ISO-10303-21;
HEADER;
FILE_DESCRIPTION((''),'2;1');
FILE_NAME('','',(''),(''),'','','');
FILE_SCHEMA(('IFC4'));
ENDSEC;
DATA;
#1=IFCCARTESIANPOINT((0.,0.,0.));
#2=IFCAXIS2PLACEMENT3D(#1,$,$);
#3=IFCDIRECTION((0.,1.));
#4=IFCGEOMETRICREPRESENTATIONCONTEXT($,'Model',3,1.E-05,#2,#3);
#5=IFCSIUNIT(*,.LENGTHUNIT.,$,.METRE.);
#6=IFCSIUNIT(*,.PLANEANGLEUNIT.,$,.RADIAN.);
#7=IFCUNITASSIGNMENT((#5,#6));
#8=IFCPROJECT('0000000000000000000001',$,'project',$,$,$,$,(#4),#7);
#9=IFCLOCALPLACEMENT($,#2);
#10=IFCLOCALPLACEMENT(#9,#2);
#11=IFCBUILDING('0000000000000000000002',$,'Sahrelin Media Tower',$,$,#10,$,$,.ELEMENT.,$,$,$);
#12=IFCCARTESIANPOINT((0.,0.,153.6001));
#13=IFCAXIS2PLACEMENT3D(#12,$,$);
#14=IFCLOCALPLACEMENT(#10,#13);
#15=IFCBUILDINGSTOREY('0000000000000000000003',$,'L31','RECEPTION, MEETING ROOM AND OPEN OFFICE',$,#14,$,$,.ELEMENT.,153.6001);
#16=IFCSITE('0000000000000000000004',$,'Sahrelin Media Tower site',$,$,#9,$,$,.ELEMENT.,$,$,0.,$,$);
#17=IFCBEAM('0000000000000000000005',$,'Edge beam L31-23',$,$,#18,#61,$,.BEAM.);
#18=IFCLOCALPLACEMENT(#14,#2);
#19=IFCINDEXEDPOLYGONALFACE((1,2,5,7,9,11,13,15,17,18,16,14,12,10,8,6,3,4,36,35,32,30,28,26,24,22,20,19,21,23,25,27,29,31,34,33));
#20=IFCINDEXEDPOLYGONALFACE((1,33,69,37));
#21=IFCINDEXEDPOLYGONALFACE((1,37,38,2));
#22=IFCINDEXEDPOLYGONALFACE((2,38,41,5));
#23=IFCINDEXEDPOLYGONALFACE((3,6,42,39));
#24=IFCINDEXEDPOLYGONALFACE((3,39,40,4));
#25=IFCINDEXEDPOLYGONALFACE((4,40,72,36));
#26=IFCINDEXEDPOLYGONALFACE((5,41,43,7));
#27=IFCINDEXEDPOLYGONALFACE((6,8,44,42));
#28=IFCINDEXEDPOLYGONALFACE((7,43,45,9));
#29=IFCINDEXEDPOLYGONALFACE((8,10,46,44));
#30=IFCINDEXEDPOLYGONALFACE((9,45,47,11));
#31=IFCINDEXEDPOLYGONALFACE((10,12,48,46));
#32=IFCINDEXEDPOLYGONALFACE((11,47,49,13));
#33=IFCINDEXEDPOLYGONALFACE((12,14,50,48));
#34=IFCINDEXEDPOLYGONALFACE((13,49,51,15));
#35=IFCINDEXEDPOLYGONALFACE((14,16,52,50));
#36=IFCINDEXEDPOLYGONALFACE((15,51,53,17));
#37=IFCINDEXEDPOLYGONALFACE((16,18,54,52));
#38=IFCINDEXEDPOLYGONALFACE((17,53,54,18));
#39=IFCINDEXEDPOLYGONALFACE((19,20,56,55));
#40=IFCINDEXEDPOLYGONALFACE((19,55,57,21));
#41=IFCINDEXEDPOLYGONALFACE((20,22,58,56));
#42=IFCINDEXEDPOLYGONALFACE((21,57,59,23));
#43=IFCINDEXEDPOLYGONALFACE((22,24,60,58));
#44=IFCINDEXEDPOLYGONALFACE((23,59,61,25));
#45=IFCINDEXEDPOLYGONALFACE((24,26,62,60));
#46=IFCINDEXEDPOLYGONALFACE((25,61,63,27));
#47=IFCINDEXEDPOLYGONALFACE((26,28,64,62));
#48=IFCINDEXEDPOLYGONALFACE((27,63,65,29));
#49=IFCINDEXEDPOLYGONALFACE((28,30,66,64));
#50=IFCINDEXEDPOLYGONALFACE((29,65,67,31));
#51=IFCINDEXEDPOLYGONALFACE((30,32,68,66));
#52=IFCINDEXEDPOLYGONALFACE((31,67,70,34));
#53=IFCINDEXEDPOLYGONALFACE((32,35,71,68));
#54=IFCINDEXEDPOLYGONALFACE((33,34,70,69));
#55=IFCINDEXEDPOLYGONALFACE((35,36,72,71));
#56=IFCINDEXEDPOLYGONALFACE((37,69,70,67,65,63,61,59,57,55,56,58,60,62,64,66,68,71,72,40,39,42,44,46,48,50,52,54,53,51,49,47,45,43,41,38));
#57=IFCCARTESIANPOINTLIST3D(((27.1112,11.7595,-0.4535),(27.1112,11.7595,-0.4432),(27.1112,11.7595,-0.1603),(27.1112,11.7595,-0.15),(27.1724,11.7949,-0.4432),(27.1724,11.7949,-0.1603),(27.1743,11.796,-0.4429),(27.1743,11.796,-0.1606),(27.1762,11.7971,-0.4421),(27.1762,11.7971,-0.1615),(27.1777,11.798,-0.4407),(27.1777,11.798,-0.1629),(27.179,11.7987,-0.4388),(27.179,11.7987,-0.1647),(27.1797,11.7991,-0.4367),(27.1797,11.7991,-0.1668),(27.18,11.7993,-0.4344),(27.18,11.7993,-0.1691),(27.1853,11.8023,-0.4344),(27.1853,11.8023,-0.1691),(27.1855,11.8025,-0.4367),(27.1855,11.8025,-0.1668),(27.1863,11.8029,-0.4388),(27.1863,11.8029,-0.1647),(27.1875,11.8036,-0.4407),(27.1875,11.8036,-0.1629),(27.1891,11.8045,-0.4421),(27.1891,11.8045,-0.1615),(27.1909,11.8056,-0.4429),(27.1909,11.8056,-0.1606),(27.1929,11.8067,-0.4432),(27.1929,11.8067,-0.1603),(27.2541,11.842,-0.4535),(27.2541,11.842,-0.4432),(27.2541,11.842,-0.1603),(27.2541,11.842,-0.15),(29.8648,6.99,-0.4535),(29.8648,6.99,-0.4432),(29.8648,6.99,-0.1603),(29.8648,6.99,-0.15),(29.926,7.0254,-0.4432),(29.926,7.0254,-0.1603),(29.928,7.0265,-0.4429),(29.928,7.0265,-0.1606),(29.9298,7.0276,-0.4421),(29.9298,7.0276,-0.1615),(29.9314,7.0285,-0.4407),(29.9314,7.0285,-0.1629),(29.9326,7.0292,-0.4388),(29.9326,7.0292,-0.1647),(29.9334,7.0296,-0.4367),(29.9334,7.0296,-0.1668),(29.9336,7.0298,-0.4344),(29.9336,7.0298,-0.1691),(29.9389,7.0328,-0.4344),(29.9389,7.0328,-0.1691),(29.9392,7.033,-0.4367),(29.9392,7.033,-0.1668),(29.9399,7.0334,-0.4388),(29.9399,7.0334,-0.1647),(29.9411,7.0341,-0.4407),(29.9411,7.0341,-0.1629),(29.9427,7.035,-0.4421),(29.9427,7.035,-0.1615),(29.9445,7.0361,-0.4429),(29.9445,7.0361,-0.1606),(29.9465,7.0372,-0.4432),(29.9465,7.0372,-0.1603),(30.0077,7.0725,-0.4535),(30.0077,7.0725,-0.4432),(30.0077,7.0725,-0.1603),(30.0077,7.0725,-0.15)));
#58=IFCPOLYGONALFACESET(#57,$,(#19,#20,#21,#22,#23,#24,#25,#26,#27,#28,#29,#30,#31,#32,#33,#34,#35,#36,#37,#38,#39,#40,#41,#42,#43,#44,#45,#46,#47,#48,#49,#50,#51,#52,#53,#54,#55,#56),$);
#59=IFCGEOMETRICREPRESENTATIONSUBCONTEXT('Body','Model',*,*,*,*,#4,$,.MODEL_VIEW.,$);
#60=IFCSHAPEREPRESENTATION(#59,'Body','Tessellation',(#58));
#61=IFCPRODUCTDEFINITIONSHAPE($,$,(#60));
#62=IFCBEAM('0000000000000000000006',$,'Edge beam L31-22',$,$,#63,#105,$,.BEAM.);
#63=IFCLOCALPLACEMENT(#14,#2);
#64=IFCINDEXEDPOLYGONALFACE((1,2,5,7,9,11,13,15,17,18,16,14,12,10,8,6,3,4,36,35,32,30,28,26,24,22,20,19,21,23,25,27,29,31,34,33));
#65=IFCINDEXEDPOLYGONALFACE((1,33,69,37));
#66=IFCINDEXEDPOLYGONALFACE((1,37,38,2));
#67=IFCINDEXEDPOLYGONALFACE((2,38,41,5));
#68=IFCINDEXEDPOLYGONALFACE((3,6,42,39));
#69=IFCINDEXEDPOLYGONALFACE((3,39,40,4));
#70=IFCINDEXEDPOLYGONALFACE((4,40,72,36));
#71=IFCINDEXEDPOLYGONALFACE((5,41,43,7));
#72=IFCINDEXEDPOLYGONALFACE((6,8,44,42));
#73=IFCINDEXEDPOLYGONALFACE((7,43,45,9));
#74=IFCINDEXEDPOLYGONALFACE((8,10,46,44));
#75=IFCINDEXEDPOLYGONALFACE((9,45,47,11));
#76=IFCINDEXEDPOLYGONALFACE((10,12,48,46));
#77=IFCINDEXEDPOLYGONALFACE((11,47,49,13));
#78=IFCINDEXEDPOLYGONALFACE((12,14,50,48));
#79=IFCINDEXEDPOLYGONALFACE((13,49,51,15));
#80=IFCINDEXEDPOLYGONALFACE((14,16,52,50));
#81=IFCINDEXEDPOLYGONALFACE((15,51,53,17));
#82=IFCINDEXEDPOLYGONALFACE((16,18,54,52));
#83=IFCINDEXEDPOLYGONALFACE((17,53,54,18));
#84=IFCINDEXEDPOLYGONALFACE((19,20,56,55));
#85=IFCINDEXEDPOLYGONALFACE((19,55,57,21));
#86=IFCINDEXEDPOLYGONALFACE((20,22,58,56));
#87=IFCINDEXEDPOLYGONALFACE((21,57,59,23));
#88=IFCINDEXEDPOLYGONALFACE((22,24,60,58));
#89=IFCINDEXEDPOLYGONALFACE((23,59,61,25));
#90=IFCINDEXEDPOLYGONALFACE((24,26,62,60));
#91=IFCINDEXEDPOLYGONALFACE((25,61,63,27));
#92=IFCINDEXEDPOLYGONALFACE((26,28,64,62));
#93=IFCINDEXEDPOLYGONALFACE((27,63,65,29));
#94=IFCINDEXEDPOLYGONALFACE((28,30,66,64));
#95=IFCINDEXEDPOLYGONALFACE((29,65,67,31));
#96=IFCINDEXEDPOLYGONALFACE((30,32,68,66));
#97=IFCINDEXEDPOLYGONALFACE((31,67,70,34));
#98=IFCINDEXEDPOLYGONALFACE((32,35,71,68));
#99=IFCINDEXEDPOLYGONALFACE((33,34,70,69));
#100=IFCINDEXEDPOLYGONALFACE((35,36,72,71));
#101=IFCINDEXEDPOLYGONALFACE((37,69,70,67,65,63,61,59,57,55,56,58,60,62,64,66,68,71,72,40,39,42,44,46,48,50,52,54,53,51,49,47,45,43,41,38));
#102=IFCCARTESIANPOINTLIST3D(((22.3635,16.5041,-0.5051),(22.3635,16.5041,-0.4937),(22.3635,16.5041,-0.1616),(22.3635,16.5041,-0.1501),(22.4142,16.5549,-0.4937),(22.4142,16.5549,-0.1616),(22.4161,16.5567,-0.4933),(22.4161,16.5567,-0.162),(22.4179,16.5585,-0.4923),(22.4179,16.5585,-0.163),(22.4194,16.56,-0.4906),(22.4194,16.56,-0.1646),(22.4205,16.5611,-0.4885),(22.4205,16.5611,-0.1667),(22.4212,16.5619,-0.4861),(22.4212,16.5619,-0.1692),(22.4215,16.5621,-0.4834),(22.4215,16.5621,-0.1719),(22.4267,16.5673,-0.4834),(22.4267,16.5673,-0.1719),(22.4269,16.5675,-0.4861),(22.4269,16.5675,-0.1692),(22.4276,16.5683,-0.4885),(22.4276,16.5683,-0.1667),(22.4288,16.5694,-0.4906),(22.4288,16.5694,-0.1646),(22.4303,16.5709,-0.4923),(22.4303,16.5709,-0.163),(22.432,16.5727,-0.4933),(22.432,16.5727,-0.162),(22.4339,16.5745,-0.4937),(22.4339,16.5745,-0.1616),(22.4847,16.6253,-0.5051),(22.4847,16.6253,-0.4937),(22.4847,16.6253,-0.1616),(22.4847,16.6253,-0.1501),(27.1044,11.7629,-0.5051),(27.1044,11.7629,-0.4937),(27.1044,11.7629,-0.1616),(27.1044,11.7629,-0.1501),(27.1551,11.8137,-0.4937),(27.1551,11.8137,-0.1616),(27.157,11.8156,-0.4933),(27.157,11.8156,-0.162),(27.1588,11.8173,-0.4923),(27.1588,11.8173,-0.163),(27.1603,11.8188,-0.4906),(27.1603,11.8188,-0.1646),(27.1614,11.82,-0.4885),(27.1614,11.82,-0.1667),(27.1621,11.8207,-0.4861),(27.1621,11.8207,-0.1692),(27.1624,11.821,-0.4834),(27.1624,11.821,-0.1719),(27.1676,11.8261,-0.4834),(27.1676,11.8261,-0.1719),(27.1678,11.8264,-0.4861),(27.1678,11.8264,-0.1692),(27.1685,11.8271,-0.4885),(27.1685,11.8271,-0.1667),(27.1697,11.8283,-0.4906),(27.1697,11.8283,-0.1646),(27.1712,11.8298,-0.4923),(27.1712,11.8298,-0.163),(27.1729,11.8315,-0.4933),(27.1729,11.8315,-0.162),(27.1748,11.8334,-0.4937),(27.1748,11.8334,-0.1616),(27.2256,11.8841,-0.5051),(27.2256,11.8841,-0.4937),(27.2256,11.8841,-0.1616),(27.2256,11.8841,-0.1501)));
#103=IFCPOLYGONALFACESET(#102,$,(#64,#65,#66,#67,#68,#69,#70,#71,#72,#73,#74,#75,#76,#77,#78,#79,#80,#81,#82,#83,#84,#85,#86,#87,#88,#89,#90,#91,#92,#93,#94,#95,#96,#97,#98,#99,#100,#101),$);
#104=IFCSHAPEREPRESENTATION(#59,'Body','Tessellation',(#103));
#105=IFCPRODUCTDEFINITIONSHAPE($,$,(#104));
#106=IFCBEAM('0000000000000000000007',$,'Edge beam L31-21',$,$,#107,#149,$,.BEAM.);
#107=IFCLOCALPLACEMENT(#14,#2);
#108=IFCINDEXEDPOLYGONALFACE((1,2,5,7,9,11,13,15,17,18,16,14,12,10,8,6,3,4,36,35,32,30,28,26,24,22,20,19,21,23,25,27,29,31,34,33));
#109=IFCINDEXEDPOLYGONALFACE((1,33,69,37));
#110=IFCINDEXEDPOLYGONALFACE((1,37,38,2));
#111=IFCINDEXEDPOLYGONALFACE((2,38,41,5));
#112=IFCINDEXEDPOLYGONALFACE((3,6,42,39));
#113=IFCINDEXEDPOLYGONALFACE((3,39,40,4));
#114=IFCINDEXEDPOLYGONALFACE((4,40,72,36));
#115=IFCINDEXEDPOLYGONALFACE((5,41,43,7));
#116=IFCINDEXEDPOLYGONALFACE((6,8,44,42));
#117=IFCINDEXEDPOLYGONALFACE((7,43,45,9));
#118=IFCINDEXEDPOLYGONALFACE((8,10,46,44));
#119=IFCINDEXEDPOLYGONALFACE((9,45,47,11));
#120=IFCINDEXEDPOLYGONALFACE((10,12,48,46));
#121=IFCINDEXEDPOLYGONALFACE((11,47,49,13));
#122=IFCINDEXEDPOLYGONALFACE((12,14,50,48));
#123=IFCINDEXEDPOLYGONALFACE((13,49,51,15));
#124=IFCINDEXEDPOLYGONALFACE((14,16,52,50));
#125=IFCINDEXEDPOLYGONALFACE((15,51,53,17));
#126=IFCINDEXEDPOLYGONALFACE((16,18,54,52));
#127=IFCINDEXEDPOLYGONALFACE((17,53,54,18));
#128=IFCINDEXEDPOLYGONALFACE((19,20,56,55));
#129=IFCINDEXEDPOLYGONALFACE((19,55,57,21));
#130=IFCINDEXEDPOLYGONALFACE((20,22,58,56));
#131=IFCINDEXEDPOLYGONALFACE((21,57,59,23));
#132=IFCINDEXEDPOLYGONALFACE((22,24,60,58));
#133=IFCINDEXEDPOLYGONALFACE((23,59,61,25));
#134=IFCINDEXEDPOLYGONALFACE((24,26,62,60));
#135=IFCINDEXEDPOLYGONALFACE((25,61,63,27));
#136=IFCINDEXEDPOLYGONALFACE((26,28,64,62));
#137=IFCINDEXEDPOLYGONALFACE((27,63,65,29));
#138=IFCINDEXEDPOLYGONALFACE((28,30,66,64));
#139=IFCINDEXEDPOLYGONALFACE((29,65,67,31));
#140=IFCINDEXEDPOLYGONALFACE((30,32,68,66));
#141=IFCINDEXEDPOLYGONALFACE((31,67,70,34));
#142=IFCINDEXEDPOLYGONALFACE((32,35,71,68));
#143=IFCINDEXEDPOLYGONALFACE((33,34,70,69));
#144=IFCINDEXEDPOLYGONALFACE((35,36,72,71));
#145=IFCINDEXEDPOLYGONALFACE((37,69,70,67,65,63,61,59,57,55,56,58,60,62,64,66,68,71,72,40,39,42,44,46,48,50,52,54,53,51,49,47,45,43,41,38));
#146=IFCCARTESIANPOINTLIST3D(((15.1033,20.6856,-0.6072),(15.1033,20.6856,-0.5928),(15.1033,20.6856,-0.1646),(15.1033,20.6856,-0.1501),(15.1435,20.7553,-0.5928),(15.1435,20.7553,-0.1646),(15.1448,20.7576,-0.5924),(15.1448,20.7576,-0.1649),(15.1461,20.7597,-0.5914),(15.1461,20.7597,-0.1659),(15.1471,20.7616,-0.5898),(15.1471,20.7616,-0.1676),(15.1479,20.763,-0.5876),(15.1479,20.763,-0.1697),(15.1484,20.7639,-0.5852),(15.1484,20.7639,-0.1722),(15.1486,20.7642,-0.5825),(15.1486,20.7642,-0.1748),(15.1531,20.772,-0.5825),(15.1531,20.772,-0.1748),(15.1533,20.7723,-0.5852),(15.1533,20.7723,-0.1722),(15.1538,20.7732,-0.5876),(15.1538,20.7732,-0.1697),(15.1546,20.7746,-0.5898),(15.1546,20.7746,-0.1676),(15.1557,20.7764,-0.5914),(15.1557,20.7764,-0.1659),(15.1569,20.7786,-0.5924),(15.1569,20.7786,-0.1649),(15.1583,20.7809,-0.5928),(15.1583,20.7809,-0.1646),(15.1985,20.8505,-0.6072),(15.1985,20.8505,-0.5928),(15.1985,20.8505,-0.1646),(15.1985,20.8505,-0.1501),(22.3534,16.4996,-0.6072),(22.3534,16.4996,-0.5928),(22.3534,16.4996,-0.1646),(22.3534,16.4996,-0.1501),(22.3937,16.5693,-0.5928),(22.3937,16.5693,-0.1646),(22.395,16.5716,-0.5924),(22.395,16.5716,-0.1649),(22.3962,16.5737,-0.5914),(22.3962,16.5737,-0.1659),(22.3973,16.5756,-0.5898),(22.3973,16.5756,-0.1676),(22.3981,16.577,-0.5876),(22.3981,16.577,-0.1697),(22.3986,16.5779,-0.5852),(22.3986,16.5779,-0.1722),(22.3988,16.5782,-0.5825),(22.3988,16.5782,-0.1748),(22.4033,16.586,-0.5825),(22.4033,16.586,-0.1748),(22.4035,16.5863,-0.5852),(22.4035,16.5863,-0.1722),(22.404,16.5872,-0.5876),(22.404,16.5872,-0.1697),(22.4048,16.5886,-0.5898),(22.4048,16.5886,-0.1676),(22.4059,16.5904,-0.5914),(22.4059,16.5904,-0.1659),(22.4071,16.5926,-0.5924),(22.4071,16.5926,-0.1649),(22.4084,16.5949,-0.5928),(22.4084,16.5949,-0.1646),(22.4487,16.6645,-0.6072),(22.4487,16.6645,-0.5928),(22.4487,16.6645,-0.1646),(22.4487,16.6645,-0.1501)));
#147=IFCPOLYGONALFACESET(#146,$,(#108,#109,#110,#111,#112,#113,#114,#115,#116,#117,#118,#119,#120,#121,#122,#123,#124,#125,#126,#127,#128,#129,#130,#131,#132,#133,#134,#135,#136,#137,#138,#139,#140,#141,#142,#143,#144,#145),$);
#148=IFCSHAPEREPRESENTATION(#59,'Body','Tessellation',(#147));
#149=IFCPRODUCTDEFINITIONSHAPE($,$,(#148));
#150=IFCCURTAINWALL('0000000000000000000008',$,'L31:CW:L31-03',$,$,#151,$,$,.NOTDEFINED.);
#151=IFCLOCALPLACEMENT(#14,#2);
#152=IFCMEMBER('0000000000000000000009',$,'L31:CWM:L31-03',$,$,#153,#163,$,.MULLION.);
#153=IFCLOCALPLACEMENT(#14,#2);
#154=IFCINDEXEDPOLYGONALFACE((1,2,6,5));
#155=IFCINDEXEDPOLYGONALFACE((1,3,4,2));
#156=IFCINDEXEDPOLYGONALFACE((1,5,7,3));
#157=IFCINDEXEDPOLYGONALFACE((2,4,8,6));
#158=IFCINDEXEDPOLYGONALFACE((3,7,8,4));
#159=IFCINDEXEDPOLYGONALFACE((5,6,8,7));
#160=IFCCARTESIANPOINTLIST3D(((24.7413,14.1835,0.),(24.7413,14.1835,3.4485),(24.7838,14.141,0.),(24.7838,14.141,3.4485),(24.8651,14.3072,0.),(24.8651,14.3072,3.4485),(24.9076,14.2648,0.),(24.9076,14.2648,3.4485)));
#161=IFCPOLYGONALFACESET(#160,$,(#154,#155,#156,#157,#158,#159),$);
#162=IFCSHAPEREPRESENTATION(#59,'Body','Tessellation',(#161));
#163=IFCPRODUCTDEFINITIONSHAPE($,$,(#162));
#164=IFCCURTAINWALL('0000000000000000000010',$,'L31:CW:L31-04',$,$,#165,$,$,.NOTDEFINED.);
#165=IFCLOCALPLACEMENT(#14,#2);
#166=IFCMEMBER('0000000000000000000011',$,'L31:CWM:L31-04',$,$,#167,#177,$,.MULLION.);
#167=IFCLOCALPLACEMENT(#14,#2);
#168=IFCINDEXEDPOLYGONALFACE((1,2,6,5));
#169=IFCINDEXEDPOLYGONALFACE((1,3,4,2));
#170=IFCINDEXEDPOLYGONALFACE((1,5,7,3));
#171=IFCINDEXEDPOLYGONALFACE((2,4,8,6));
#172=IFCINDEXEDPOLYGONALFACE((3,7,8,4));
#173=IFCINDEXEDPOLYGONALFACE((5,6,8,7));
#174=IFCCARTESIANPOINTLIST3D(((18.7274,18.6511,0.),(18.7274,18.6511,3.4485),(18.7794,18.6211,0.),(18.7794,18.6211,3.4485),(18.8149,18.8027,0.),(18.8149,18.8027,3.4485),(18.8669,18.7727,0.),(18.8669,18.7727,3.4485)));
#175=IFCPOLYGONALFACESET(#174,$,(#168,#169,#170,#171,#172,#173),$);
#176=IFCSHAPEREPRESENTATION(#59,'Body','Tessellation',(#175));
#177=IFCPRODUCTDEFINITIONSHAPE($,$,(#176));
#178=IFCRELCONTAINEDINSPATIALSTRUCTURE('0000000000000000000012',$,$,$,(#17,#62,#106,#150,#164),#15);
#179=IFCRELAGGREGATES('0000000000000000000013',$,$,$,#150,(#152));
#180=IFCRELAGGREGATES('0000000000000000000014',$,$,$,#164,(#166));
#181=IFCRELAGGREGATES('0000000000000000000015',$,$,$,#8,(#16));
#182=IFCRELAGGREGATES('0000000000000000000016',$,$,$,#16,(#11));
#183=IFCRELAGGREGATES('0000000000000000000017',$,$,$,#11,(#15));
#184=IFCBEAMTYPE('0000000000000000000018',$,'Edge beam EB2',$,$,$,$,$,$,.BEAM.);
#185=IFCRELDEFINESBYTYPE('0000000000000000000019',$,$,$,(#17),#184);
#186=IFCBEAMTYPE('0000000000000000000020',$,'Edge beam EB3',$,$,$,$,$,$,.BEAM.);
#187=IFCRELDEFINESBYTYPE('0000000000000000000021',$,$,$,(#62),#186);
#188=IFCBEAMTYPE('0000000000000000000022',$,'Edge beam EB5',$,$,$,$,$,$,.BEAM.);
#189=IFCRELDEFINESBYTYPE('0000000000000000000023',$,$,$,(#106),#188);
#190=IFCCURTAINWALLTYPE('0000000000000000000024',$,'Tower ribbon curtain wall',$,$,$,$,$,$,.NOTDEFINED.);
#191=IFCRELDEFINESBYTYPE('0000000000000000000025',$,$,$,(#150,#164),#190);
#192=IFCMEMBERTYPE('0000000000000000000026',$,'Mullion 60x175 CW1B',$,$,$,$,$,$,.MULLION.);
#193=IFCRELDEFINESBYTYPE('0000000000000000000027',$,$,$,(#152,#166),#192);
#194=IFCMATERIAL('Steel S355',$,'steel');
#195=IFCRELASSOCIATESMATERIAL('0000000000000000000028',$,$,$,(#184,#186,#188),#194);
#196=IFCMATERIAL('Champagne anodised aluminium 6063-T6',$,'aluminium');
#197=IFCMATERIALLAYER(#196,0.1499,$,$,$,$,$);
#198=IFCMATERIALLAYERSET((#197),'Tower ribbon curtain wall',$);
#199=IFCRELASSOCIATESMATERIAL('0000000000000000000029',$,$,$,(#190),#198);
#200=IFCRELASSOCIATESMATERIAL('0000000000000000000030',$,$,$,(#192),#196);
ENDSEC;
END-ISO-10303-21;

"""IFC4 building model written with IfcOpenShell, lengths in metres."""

from ifc_helpers import new_model, si_unit, direction, frame, origin, origin_2d, place, context, subcontext, project, spatial, rectangle, i_section, extrude, material, layer, layer_set, material_profile, profile_set, type_object, element, aggregate, save


model = new_model("IFC4")

# Units and contexts
model_context = context("Model", 3, precision=1e-05, world=origin(), true_north=direction((0.0, 1.0)))
body_context = subcontext(model_context, "Body", "Model", "MODEL_VIEW")
ifc_project = project(units=[si_unit("LENGTHUNIT", "METRE"), si_unit("PLANEANGLEUNIT", "RADIAN")], contexts=[model_context])

# Site, building, storey
site_placement = place(None, origin())
site = spatial("IfcSite", under=ifc_project, at=site_placement, Name="Sahrelin Media Tower site", CompositionType="ELEMENT", RefElevation=0.0)
building_placement = place(site_placement, origin())
building = spatial("IfcBuilding", under=site, at=building_placement, Name="Sahrelin Media Tower", CompositionType="ELEMENT")
storey_placement = place(building_placement, frame((0.0, 0.0, 153.6001)))
storey = spatial("IfcBuildingStorey", under=building, at=storey_placement, Name="L31", Description="RECEPTION, MEETING ROOM AND OPEN OFFICE", CompositionType="ELEMENT", Elevation=153.6001)

# Beams
ifc_material_1 = material(Name="Steel S355", Category="steel")
ifc_material_profile_1 = material_profile(ifc_material_1, i_section(OverallWidth=0.165, OverallDepth=0.3035, WebThickness=0.0061, FlangeThickness=0.0103, FilletRadius=0.0088, at=origin_2d()), Name="UB 305x165x40")
ifc_profile_set_1 = profile_set([ifc_material_profile_1], Name="Steel S355")
beam_type_1 = type_object("IfcBeamType", Name="Edge beam EB2", PredefinedType="BEAM", material=ifc_profile_set_1)
beam_1_placement = place(storey_placement, frame((27.1826, 11.8008, -0.3018), z_axis=(0.499996, -0.866028, 0.0), x_axis=(0.866028, 0.499996, 0.0)))
element("IfcBeam", 1, at=beam_1_placement, inside=storey, type_object=beam_type_1, Name="Edge beam L31-23", PredefinedType="BEAM", context=body_context, shape_type="SweptSolid", body=[
    extrude(i_section(OverallWidth=0.165, OverallDepth=0.3035, WebThickness=0.0061, FlangeThickness=0.0103, FilletRadius=0.0088, at=origin_2d()), origin(), (0.0, 0.0, 1.0), 5.5073),
])
ifc_material_profile_2 = material_profile(ifc_material_1, i_section(OverallWidth=0.1714, OverallDepth=0.355, WebThickness=0.0073, FlangeThickness=0.0115, FilletRadius=0.0103, at=origin_2d()), Name="UB 356x171x51")
ifc_profile_set_2 = profile_set([ifc_material_profile_2], Name="Steel S355")
beam_type_2 = type_object("IfcBeamType", Name="Edge beam EB3", PredefinedType="BEAM", material=ifc_profile_set_2)
beam_2_placement = place(storey_placement, frame((22.4241, 16.5647, -0.3276), z_axis=(0.707089, -0.707125, 0.0), x_axis=(0.707125, 0.707089, 0.0)))
element("IfcBeam", 2, at=beam_2_placement, inside=storey, type_object=beam_type_2, Name="Edge beam L31-22", PredefinedType="BEAM", context=body_context, shape_type="SweptSolid", body=[
    extrude(i_section(OverallWidth=0.1714, OverallDepth=0.355, WebThickness=0.0073, FlangeThickness=0.0115, FilletRadius=0.0103, at=origin_2d()), origin(), (0.0, 0.0, 1.0), 6.7048),
])
ifc_material_profile_3 = material_profile(ifc_material_1, i_section(OverallWidth=0.1904, OverallDepth=0.457, WebThickness=0.009, FlangeThickness=0.0144, FilletRadius=0.0103, at=origin_2d()), Name="UB 457x191x74")
ifc_profile_set_3 = profile_set([ifc_material_profile_3], Name="Steel S355")
beam_type_3 = type_object("IfcBeamType", Name="Edge beam EB5", PredefinedType="BEAM", material=ifc_profile_set_3)
beam_3_placement = place(storey_placement, frame((15.1509, 20.7681, -0.3787), z_axis=(0.86602, -0.500009, 0.0), x_axis=(0.500009, 0.86602, 0.0)))
element("IfcBeam", 3, at=beam_3_placement, inside=storey, type_object=beam_type_3, Name="Edge beam L31-21", PredefinedType="BEAM", context=body_context, shape_type="SweptSolid", body=[
    extrude(i_section(OverallWidth=0.1904, OverallDepth=0.457, WebThickness=0.009, FlangeThickness=0.0144, FilletRadius=0.0103, at=origin_2d()), origin(), (0.0, 0.0, 1.0), 8.3718),
])

# Curtain walls, members
ifc_material_2 = material(Name="Champagne anodised aluminium 6063-T6", Category="aluminium")
ifc_layer_1 = layer(ifc_material_2, 0.1499)
ifc_layer_set_1 = layer_set([ifc_layer_1], Name="Tower ribbon curtain wall")
curtain_wall_type = type_object("IfcCurtainWallType", Name="Tower ribbon curtain wall", PredefinedType="NOTDEFINED", material=ifc_layer_set_1)
curtain_wall_1_placement = place(storey_placement, frame((24.9006, 14.3003, 0.0), z_axis=(0.0, 0.0, 1.0), x_axis=(1.0, 0.0, 0.0)))
curtain_wall_1 = element("IfcCurtainWall", 4, at=curtain_wall_1_placement, inside=storey, type_object=curtain_wall_type, Name="L31:CW:L31-03", PredefinedType="NOTDEFINED")
ifc_material_profile_4 = material_profile(ifc_material_2, rectangle(XDim=0.0601, YDim=0.175, at=origin_2d()), Name="Mullion 60x175")
ifc_profile_set_4 = profile_set([ifc_material_profile_4], Name="Champagne anodised aluminium 6063-T6")
member_type_1 = type_object("IfcMemberType", Name="Mullion 60x175 CW1B", PredefinedType="MULLION", material=ifc_profile_set_4)
member_1_placement = place(storey_placement, frame((24.8245, 14.2241, 0.0), z_axis=(0.0, 0.0, 1.0), x_axis=(-0.707107, 0.707107, 0.0)))
member_1 = element("IfcMember", 5, at=member_1_placement, type_object=member_type_1, Name="L31:CWM:L31-03", PredefinedType="MULLION", context=body_context, shape_type="SweptSolid", body=[
    extrude(rectangle(XDim=0.0601, YDim=0.175, at=origin_2d()), origin(), (0.0, 0.0, 1.0), 3.4485),
])
curtain_wall_2_placement = place(storey_placement, frame((18.8511, 18.8049, 0.0), z_axis=(0.0, 0.0, 1.0), x_axis=(1.0, 0.0, 0.0)))
curtain_wall_2 = element("IfcCurtainWall", 6, at=curtain_wall_2_placement, inside=storey, type_object=curtain_wall_type, Name="L31:CW:L31-04", PredefinedType="NOTDEFINED")
member_2_placement = place(storey_placement, frame((18.7971, 18.7119, 0.0), z_axis=(0.0, 0.0, 1.0), x_axis=(-0.866025, 0.5, 0.0)))
member_2 = element("IfcMember", 7, at=member_2_placement, type_object=member_type_1, Name="L31:CWM:L31-04", PredefinedType="MULLION", context=body_context, shape_type="SweptSolid", body=[
    extrude(rectangle(XDim=0.0601, YDim=0.175, at=origin_2d()), origin(), (0.0, 0.0, 1.0), 3.4485),
])

aggregate(curtain_wall_1, [member_1])
aggregate(curtain_wall_2, [member_2])

save(model, "model.ifc")
